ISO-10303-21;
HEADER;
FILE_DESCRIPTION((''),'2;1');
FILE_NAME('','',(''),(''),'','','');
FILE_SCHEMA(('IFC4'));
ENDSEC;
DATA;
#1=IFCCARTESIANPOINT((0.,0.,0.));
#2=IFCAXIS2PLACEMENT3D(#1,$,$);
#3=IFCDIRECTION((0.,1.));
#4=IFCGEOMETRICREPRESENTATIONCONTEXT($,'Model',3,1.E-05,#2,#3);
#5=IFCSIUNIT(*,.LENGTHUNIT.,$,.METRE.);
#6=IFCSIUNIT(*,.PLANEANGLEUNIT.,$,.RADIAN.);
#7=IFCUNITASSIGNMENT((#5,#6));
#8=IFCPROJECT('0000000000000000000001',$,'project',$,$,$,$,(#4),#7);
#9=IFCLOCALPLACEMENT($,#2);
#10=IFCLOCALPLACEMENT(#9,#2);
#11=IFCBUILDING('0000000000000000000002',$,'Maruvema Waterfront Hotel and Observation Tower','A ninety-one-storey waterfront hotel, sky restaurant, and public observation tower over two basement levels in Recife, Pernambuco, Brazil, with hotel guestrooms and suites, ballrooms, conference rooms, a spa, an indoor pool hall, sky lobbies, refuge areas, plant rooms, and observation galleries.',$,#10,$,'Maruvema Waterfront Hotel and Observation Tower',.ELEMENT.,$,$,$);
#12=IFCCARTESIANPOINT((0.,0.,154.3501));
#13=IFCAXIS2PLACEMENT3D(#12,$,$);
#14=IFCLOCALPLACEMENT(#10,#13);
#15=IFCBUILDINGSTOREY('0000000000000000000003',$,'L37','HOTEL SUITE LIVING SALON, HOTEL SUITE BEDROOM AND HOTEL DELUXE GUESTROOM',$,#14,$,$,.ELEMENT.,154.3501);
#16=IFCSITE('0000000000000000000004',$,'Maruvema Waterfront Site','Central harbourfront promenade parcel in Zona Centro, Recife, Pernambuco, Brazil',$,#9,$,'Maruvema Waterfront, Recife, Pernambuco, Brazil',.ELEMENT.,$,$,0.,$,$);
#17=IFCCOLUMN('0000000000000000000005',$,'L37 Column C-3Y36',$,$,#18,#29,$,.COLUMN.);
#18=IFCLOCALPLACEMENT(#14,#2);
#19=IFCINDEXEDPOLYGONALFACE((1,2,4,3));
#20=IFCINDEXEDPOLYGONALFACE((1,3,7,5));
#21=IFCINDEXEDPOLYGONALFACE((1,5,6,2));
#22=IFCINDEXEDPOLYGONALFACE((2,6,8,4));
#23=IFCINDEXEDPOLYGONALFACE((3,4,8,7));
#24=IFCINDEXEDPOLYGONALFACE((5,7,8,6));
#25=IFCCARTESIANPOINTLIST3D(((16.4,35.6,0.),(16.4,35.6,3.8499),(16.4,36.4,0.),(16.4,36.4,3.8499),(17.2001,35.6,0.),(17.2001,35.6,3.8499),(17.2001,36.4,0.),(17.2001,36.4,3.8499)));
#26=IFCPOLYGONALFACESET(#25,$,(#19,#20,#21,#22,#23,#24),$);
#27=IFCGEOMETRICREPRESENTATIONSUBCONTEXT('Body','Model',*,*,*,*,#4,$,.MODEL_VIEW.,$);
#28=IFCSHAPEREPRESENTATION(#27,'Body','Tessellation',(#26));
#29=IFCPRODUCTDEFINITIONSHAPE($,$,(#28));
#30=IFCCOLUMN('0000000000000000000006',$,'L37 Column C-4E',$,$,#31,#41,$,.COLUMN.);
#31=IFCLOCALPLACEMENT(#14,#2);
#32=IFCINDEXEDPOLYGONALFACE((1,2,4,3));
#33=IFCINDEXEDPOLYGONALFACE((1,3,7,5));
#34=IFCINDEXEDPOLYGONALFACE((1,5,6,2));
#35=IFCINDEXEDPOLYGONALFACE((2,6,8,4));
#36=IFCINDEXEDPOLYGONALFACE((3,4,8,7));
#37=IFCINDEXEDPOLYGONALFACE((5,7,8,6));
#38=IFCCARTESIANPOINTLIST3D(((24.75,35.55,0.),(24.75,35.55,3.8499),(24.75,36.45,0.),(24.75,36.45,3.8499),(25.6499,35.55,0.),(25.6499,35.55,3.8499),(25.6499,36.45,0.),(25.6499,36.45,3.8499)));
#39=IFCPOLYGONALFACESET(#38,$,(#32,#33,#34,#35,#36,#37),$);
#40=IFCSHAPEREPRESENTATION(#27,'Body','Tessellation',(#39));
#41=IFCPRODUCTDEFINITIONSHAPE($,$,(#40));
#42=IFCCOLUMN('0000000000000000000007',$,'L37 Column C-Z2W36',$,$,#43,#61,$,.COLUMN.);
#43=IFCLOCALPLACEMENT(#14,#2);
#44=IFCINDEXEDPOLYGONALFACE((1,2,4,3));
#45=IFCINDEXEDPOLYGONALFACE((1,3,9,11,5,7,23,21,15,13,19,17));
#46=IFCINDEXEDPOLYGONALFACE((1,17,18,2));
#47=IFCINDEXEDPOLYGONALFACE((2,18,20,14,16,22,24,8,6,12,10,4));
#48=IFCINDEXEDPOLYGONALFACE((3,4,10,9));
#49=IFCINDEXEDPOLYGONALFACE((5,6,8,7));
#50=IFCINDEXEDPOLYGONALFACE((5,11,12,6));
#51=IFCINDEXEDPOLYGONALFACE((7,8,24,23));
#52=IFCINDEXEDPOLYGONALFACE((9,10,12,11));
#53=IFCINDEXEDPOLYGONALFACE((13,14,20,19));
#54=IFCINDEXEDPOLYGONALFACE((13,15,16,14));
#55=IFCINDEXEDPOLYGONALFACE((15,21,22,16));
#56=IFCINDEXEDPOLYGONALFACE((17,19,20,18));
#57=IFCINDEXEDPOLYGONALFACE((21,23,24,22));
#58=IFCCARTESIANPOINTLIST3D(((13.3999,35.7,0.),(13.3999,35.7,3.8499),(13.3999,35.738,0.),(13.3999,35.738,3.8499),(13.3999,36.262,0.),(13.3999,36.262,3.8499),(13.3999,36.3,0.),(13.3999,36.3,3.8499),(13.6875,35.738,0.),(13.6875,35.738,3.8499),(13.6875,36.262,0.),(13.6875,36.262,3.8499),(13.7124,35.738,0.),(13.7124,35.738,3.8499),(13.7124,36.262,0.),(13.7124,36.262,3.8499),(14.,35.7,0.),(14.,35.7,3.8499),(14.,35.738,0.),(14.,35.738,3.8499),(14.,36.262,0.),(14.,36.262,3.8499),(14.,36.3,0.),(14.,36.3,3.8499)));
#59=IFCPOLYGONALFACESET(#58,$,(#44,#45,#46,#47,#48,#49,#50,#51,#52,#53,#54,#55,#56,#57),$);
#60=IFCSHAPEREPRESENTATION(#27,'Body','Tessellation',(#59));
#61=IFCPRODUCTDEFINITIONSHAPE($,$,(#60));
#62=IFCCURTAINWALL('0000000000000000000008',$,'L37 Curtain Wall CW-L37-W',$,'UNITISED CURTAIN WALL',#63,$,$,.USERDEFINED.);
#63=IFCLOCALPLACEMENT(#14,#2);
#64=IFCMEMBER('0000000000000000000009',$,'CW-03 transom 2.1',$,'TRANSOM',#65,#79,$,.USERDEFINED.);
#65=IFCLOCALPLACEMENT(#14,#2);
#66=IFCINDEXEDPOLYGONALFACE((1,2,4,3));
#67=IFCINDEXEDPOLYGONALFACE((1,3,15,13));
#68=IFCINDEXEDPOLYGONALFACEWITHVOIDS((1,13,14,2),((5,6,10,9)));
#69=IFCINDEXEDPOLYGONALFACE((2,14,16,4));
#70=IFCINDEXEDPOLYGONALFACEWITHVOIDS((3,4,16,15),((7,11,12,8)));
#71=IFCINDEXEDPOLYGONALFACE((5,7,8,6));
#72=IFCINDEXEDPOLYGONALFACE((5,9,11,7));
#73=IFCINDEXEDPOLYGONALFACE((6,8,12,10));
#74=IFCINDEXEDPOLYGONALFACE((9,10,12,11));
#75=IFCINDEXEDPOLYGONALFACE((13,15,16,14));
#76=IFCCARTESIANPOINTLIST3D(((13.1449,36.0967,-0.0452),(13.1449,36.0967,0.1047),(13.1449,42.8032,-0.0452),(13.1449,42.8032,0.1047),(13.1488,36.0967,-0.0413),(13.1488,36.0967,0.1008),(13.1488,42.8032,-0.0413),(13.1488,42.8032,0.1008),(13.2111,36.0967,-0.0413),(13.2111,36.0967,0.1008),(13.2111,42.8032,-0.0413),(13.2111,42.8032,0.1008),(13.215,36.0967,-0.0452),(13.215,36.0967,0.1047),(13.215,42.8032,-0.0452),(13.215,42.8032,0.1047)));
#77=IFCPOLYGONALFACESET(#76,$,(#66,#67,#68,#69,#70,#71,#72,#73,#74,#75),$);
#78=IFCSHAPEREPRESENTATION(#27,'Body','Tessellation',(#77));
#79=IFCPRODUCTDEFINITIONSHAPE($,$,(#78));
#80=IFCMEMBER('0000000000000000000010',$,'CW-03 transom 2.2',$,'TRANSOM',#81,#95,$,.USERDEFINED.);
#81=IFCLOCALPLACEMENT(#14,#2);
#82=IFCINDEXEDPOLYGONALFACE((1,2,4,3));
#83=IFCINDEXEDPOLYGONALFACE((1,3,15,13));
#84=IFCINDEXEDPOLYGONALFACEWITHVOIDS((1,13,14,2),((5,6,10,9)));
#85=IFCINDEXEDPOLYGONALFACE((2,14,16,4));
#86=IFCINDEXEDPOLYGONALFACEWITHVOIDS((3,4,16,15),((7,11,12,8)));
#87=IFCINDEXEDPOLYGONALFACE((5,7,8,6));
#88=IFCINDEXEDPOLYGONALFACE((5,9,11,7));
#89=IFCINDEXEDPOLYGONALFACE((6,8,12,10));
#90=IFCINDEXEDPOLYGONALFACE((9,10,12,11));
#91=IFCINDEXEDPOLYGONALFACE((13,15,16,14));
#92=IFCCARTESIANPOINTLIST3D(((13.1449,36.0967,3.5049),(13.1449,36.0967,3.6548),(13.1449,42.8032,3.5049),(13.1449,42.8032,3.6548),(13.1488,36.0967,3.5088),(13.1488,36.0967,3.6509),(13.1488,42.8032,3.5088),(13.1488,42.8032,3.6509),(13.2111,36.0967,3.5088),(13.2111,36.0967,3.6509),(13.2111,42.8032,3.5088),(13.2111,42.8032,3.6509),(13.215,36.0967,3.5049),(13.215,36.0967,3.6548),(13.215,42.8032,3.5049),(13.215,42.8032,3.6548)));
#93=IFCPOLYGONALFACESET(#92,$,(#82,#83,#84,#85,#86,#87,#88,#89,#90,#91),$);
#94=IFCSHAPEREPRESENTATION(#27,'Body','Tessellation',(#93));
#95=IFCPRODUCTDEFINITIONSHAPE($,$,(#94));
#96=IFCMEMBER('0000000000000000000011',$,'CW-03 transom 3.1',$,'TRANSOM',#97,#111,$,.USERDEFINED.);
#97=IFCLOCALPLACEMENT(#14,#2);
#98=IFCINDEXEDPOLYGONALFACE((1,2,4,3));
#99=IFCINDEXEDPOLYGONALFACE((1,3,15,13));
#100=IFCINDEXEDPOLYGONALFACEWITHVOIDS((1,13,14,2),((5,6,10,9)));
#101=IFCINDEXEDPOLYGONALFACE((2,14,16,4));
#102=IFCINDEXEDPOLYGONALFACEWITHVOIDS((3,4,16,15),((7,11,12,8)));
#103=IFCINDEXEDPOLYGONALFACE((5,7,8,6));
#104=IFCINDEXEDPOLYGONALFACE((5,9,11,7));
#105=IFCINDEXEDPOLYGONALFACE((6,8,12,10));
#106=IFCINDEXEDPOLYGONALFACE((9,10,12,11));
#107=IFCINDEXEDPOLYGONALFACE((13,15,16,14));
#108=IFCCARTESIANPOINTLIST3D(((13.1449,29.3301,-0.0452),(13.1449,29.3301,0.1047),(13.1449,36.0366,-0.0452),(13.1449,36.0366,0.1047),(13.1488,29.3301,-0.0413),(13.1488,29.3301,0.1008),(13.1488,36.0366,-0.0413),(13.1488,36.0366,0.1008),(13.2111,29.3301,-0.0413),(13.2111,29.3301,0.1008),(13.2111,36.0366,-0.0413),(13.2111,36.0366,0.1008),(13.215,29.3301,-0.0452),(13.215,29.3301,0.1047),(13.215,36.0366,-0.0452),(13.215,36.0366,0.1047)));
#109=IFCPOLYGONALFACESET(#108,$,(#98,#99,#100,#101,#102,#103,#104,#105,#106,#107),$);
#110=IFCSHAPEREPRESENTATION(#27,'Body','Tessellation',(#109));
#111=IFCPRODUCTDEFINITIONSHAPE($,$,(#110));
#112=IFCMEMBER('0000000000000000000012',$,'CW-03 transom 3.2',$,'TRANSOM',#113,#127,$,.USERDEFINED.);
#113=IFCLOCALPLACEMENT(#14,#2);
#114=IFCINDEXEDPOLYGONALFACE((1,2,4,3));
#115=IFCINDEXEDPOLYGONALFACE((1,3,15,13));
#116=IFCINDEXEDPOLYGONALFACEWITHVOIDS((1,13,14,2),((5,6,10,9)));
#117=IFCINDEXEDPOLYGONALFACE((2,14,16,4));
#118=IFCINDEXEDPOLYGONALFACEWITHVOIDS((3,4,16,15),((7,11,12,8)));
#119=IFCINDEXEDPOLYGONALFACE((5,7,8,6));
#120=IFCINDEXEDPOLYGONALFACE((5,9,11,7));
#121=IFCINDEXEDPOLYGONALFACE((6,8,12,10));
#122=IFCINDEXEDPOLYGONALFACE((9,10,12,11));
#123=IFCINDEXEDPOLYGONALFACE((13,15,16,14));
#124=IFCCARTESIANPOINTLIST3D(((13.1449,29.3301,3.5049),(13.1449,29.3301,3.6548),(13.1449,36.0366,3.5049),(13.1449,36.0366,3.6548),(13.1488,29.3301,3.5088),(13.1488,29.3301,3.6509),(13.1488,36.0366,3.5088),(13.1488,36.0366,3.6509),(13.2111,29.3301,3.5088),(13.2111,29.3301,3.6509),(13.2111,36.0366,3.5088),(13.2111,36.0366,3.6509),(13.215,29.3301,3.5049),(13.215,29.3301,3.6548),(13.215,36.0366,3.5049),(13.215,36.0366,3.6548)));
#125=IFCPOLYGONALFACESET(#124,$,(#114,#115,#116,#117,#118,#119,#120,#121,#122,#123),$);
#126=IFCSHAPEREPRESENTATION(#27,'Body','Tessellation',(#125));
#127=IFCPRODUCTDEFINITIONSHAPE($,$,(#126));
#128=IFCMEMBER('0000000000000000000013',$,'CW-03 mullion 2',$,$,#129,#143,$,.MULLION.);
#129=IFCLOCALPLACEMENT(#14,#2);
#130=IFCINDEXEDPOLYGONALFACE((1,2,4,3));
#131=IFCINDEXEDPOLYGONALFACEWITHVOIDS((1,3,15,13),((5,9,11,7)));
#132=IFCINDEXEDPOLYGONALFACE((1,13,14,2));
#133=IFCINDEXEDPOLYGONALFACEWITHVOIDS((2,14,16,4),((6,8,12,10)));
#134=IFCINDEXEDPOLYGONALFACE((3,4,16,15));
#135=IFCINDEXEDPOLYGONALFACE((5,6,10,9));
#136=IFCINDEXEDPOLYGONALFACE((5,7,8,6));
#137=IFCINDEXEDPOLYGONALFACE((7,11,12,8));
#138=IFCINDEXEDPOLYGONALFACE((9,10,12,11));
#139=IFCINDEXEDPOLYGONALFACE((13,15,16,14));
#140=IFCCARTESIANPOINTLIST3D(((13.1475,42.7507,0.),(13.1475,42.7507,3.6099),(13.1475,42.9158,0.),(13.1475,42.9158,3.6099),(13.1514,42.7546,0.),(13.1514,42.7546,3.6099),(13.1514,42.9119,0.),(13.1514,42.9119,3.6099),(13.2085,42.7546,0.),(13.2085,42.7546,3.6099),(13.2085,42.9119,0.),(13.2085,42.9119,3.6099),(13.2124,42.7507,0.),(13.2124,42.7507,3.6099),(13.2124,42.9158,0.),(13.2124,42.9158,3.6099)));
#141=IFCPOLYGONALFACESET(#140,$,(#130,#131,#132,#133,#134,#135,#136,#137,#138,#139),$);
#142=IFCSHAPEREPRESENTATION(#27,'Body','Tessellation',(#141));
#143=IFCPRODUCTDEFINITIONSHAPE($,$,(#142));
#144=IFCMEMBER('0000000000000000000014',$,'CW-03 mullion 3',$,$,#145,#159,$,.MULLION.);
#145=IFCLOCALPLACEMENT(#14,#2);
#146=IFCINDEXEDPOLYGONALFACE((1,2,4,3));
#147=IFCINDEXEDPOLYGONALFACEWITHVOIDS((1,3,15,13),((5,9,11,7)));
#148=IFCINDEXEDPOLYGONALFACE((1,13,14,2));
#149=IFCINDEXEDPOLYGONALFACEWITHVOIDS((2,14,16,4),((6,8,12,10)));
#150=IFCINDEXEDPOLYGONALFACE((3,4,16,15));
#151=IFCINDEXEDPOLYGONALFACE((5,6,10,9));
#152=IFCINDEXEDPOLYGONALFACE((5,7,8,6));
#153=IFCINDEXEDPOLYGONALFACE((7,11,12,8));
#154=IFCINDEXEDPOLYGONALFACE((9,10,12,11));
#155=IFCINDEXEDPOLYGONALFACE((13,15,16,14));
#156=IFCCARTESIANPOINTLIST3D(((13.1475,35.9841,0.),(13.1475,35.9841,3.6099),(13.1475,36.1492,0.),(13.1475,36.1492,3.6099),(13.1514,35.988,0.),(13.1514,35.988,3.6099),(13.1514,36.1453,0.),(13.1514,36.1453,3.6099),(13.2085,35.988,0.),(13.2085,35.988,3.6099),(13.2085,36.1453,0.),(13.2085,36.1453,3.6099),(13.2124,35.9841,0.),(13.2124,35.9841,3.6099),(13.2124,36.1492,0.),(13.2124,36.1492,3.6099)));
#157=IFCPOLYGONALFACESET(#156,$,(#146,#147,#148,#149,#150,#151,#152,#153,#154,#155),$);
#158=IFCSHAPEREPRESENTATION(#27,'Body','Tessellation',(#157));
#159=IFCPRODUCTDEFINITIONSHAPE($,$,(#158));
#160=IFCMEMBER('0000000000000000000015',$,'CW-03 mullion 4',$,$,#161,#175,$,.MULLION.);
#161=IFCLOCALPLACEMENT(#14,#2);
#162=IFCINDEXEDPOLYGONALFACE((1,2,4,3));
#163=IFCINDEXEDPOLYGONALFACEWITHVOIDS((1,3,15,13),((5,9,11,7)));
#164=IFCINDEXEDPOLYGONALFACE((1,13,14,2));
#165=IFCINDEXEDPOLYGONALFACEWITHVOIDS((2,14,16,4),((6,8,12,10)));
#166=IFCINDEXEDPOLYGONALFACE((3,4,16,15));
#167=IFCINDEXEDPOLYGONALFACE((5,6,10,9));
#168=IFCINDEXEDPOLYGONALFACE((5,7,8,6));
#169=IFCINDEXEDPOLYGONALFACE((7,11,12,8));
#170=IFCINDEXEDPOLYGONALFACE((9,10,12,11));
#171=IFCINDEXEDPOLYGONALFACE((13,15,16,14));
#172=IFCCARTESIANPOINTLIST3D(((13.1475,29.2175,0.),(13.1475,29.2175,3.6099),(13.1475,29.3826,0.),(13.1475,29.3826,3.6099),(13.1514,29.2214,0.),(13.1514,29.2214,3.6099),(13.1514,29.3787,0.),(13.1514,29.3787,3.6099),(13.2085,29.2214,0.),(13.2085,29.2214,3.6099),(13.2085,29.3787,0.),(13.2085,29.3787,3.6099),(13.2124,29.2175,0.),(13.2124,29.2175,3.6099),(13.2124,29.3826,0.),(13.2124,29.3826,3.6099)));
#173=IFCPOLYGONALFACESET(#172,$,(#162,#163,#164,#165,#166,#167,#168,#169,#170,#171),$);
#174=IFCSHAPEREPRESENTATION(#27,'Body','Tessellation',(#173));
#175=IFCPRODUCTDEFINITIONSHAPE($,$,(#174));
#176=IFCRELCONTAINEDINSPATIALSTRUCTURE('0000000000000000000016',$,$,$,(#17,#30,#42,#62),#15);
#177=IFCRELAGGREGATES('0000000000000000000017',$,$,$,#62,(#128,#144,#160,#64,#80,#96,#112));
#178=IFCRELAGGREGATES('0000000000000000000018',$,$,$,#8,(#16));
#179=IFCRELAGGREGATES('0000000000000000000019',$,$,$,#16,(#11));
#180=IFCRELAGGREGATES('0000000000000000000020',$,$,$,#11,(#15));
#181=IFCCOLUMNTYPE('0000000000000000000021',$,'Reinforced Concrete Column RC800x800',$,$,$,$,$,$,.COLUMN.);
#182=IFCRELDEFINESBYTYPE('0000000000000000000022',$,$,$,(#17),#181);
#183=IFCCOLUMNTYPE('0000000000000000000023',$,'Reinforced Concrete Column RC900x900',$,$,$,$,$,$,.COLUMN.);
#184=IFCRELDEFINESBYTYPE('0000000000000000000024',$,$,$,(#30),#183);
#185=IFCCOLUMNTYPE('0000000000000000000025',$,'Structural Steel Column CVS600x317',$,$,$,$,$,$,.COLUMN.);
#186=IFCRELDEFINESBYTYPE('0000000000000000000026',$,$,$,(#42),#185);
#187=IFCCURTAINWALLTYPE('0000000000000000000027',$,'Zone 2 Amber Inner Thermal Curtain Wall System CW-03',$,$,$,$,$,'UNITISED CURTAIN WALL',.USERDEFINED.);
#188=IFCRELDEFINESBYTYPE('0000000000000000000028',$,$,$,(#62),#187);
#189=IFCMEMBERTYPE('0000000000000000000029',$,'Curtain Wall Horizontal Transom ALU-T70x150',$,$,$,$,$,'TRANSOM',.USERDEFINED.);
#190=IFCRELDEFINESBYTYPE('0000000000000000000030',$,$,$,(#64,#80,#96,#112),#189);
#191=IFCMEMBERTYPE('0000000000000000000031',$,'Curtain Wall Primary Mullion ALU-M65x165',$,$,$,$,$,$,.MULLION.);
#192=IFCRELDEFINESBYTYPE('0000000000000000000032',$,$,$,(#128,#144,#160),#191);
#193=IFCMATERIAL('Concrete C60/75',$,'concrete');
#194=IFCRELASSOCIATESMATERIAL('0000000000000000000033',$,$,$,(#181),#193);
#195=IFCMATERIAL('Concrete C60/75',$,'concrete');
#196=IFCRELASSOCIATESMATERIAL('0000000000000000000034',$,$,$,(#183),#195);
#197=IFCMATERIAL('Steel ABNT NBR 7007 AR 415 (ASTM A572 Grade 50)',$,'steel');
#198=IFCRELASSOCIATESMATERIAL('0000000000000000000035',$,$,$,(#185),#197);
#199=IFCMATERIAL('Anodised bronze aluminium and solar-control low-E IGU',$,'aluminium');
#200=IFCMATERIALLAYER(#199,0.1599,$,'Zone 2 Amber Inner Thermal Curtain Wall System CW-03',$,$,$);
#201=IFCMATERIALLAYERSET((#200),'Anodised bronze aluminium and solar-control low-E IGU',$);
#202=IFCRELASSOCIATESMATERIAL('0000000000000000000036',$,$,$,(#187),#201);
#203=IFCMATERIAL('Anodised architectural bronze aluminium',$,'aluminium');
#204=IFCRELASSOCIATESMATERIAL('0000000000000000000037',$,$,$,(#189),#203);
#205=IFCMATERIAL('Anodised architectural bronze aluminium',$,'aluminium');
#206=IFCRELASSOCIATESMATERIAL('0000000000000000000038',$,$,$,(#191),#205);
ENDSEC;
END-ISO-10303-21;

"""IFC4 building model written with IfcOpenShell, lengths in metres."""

from ifc_helpers import new_model, si_unit, direction, frame, origin, origin_2d, place, context, subcontext, project, spatial, rectangle, hollow_rectangle, i_section, extrude, material, layer, layer_set, material_profile, profile_set, type_object, element, aggregate, save


model = new_model("IFC4")

# Units and contexts
model_context = context("Model", 3, precision=1e-05, world=origin(), true_north=direction((0.0, 1.0)))
body_context = subcontext(model_context, "Body", "Model", "MODEL_VIEW")
ifc_project = project(units=[si_unit("LENGTHUNIT", "METRE"), si_unit("PLANEANGLEUNIT", "RADIAN")], contexts=[model_context])

# Site, building, storey
site_placement = place(None, origin())
site = spatial("IfcSite", under=ifc_project, at=site_placement, Name="Maruvema Waterfront Site", Description="Central harbourfront promenade parcel in Zona Centro, Recife, Pernambuco, Brazil", LongName="Maruvema Waterfront, Recife, Pernambuco, Brazil", CompositionType="ELEMENT", RefElevation=0.0)
building_placement = place(site_placement, origin())
building = spatial("IfcBuilding", under=site, at=building_placement, Name="Maruvema Waterfront Hotel and Observation Tower", Description="A ninety-one-storey waterfront hotel, sky restaurant, and public observation tower over two basement levels in Recife, Pernambuco, Brazil, with hotel guestrooms and suites, ballrooms, conference rooms, a spa, an indoor pool hall, sky lobbies, refuge areas, plant rooms, and observation galleries.", LongName="Maruvema Waterfront Hotel and Observation Tower", CompositionType="ELEMENT")
storey_placement = place(building_placement, frame((0.0, 0.0, 154.3501)))
storey = spatial("IfcBuildingStorey", under=building, at=storey_placement, Name="L37", Description="HOTEL SUITE LIVING SALON, HOTEL SUITE BEDROOM AND HOTEL DELUXE GUESTROOM", CompositionType="ELEMENT", Elevation=154.3501)

# Columns
ifc_material_1 = material(Name="Concrete C60/75", Category="concrete")
ifc_material_profile_1 = material_profile(ifc_material_1, rectangle(XDim=0.8, YDim=0.8, at=origin_2d()), Name="RC800x800")
ifc_profile_set_1 = profile_set([ifc_material_profile_1], Name="Concrete C60/75")
column_type_1 = type_object("IfcColumnType", Name="Reinforced Concrete Column RC800x800", PredefinedType="COLUMN", material=ifc_profile_set_1)
column_1_placement = place(storey_placement, frame((16.8, 36.0, 0.0), z_axis=(0.0, 0.0, 1.0), x_axis=(1.0, 0.0, 0.0)))
element("IfcColumn", 1, at=column_1_placement, inside=storey, type_object=column_type_1, Name="L37 Column C-3Y36", PredefinedType="COLUMN", context=body_context, shape_type="SweptSolid", body=[
    extrude(rectangle(XDim=0.8, YDim=0.8, at=origin_2d()), origin(), (0.0, 0.0, 1.0), 3.8499),
])
ifc_material_2 = material(Name="Concrete C60/75", Category="concrete")
ifc_material_profile_2 = material_profile(ifc_material_2, rectangle(XDim=0.8999, YDim=0.8999, at=origin_2d()), Name="RC900x900")
ifc_profile_set_2 = profile_set([ifc_material_profile_2], Name="Concrete C60/75")
column_type_2 = type_object("IfcColumnType", Name="Reinforced Concrete Column RC900x900", PredefinedType="COLUMN", material=ifc_profile_set_2)
column_2_placement = place(storey_placement, frame((25.2, 36.0, 0.0), z_axis=(0.0, 0.0, 1.0), x_axis=(1.0, 0.0, 0.0)))
element("IfcColumn", 2, at=column_2_placement, inside=storey, type_object=column_type_2, Name="L37 Column C-4E", PredefinedType="COLUMN", context=body_context, shape_type="SweptSolid", body=[
    extrude(rectangle(XDim=0.8999, YDim=0.8999, at=origin_2d()), origin(), (0.0, 0.0, 1.0), 3.8499),
])
ifc_material_3 = material(Name="Steel ABNT NBR 7007 AR 415 (ASTM A572 Grade 50)", Category="steel")
ifc_material_profile_3 = material_profile(ifc_material_3, i_section(OverallWidth=0.6001, OverallDepth=0.6001, WebThickness=0.0249, FlangeThickness=0.0381, at=origin_2d()), Name="CVS600x317")
ifc_profile_set_3 = profile_set([ifc_material_profile_3], Name="Steel ABNT NBR 7007 AR 415 (ASTM A572 Grade 50)")
column_type_3 = type_object("IfcColumnType", Name="Structural Steel Column CVS600x317", PredefinedType="COLUMN", material=ifc_profile_set_3)
column_3_placement = place(storey_placement, frame((13.7, 36.0, 0.0), z_axis=(0.0, 0.0, 1.0), x_axis=(1.0, 0.0, 0.0)))
element("IfcColumn", 3, at=column_3_placement, inside=storey, type_object=column_type_3, Name="L37 Column C-Z2W36", PredefinedType="COLUMN", context=body_context, shape_type="SweptSolid", body=[
    extrude(i_section(OverallWidth=0.6001, OverallDepth=0.6001, WebThickness=0.0249, FlangeThickness=0.0381, at=origin_2d()), origin(), (0.0, 0.0, 1.0), 3.8499),
])

# Curtain wall, members
ifc_material_4 = material(Name="Anodised bronze aluminium and solar-control low-E IGU", Category="aluminium")
ifc_layer_1 = layer(ifc_material_4, 0.1599, Name="Zone 2 Amber Inner Thermal Curtain Wall System CW-03")
ifc_layer_set_1 = layer_set([ifc_layer_1], Name="Anodised bronze aluminium and solar-control low-E IGU")
curtain_wall_type = type_object("IfcCurtainWallType", Name="Zone 2 Amber Inner Thermal Curtain Wall System CW-03", ElementType="UNITISED CURTAIN WALL", PredefinedType="USERDEFINED", material=ifc_layer_set_1)
curtain_wall_placement = place(storey_placement, origin())
curtain_wall = element("IfcCurtainWall", 4, at=curtain_wall_placement, inside=storey, type_object=curtain_wall_type, Name="L37 Curtain Wall CW-L37-W", ObjectType="UNITISED CURTAIN WALL", PredefinedType="USERDEFINED")
ifc_material_5 = material(Name="Anodised architectural bronze aluminium", Category="aluminium")
ifc_material_profile_4 = material_profile(ifc_material_5, hollow_rectangle(XDim=0.0701, YDim=0.1499, WallThickness=0.0039, at=origin_2d()), Name="ALU-T70x150")
ifc_profile_set_4 = profile_set([ifc_material_profile_4], Name="Anodised architectural bronze aluminium")
member_type_1 = type_object("IfcMemberType", Name="Curtain Wall Horizontal Transom ALU-T70x150", ElementType="TRANSOM", PredefinedType="USERDEFINED", material=ifc_profile_set_4)
member_1_placement = place(storey_placement, frame((13.1799, 42.8032, 0.0298), z_axis=(0.0, -1.0, 0.0), x_axis=(1.0, 0.0, 0.0)))
member_1 = element("IfcMember", 5, at=member_1_placement, type_object=member_type_1, Name="CW-03 transom 2.1", ObjectType="TRANSOM", PredefinedType="USERDEFINED", context=body_context, shape_type="SweptSolid", body=[
    extrude(hollow_rectangle(XDim=0.0701, YDim=0.1499, WallThickness=0.0039, at=origin_2d()), origin(), (0.0, 0.0, 1.0), 6.7065),
])
member_2_placement = place(storey_placement, frame((13.1799, 42.8032, 3.5798), z_axis=(0.0, -1.0, 0.0), x_axis=(1.0, 0.0, 0.0)))
member_2 = element("IfcMember", 6, at=member_2_placement, type_object=member_type_1, Name="CW-03 transom 2.2", ObjectType="TRANSOM", PredefinedType="USERDEFINED", context=body_context, shape_type="SweptSolid", body=[
    extrude(hollow_rectangle(XDim=0.0701, YDim=0.1499, WallThickness=0.0039, at=origin_2d()), origin(), (0.0, 0.0, 1.0), 6.7065),
])
member_3_placement = place(storey_placement, frame((13.1799, 36.0366, 0.0298), z_axis=(0.0, -1.0, 0.0), x_axis=(1.0, 0.0, 0.0)))
member_3 = element("IfcMember", 7, at=member_3_placement, type_object=member_type_1, Name="CW-03 transom 3.1", ObjectType="TRANSOM", PredefinedType="USERDEFINED", context=body_context, shape_type="SweptSolid", body=[
    extrude(hollow_rectangle(XDim=0.0701, YDim=0.1499, WallThickness=0.0039, at=origin_2d()), origin(), (0.0, 0.0, 1.0), 6.7065),
])
member_4_placement = place(storey_placement, frame((13.1799, 36.0366, 3.5798), z_axis=(0.0, -1.0, 0.0), x_axis=(1.0, 0.0, 0.0)))
member_4 = element("IfcMember", 8, at=member_4_placement, type_object=member_type_1, Name="CW-03 transom 3.2", ObjectType="TRANSOM", PredefinedType="USERDEFINED", context=body_context, shape_type="SweptSolid", body=[
    extrude(hollow_rectangle(XDim=0.0701, YDim=0.1499, WallThickness=0.0039, at=origin_2d()), origin(), (0.0, 0.0, 1.0), 6.7065),
])
ifc_material_6 = material(Name="Anodised architectural bronze aluminium", Category="aluminium")
ifc_material_profile_5 = material_profile(ifc_material_6, hollow_rectangle(XDim=0.0649, YDim=0.165, WallThickness=0.0039, at=origin_2d()), Name="ALU-M65x165")
ifc_profile_set_5 = profile_set([ifc_material_profile_5], Name="Anodised architectural bronze aluminium")
member_type_2 = type_object("IfcMemberType", Name="Curtain Wall Primary Mullion ALU-M65x165", PredefinedType="MULLION", material=ifc_profile_set_5)
member_5_placement = place(storey_placement, frame((13.1799, 42.8333, 0.0), z_axis=(0.0, 0.0, 1.0), x_axis=(1.0, 0.0, 0.0)))
member_5 = element("IfcMember", 9, at=member_5_placement, type_object=member_type_2, Name="CW-03 mullion 2", PredefinedType="MULLION", context=body_context, shape_type="SweptSolid", body=[
    extrude(hollow_rectangle(XDim=0.0649, YDim=0.165, WallThickness=0.0039, at=origin_2d()), origin(), (0.0, 0.0, 1.0), 3.6099),
])
member_6_placement = place(storey_placement, frame((13.1799, 36.0667, 0.0), z_axis=(0.0, 0.0, 1.0), x_axis=(1.0, 0.0, 0.0)))
member_6 = element("IfcMember", 10, at=member_6_placement, type_object=member_type_2, Name="CW-03 mullion 3", PredefinedType="MULLION", context=body_context, shape_type="SweptSolid", body=[
    extrude(hollow_rectangle(XDim=0.0649, YDim=0.165, WallThickness=0.0039, at=origin_2d()), origin(), (0.0, 0.0, 1.0), 3.6099),
])
member_7_placement = place(storey_placement, frame((13.1799, 29.3, 0.0), z_axis=(0.0, 0.0, 1.0), x_axis=(1.0, 0.0, 0.0)))
member_7 = element("IfcMember", 11, at=member_7_placement, type_object=member_type_2, Name="CW-03 mullion 4", PredefinedType="MULLION", context=body_context, shape_type="SweptSolid", body=[
    extrude(hollow_rectangle(XDim=0.0649, YDim=0.165, WallThickness=0.0039, at=origin_2d()), origin(), (0.0, 0.0, 1.0), 3.6099),
])

aggregate(curtain_wall, [member_5, member_6, member_7, member_1, member_2, member_3, member_4])

save(model, "model.ifc")
